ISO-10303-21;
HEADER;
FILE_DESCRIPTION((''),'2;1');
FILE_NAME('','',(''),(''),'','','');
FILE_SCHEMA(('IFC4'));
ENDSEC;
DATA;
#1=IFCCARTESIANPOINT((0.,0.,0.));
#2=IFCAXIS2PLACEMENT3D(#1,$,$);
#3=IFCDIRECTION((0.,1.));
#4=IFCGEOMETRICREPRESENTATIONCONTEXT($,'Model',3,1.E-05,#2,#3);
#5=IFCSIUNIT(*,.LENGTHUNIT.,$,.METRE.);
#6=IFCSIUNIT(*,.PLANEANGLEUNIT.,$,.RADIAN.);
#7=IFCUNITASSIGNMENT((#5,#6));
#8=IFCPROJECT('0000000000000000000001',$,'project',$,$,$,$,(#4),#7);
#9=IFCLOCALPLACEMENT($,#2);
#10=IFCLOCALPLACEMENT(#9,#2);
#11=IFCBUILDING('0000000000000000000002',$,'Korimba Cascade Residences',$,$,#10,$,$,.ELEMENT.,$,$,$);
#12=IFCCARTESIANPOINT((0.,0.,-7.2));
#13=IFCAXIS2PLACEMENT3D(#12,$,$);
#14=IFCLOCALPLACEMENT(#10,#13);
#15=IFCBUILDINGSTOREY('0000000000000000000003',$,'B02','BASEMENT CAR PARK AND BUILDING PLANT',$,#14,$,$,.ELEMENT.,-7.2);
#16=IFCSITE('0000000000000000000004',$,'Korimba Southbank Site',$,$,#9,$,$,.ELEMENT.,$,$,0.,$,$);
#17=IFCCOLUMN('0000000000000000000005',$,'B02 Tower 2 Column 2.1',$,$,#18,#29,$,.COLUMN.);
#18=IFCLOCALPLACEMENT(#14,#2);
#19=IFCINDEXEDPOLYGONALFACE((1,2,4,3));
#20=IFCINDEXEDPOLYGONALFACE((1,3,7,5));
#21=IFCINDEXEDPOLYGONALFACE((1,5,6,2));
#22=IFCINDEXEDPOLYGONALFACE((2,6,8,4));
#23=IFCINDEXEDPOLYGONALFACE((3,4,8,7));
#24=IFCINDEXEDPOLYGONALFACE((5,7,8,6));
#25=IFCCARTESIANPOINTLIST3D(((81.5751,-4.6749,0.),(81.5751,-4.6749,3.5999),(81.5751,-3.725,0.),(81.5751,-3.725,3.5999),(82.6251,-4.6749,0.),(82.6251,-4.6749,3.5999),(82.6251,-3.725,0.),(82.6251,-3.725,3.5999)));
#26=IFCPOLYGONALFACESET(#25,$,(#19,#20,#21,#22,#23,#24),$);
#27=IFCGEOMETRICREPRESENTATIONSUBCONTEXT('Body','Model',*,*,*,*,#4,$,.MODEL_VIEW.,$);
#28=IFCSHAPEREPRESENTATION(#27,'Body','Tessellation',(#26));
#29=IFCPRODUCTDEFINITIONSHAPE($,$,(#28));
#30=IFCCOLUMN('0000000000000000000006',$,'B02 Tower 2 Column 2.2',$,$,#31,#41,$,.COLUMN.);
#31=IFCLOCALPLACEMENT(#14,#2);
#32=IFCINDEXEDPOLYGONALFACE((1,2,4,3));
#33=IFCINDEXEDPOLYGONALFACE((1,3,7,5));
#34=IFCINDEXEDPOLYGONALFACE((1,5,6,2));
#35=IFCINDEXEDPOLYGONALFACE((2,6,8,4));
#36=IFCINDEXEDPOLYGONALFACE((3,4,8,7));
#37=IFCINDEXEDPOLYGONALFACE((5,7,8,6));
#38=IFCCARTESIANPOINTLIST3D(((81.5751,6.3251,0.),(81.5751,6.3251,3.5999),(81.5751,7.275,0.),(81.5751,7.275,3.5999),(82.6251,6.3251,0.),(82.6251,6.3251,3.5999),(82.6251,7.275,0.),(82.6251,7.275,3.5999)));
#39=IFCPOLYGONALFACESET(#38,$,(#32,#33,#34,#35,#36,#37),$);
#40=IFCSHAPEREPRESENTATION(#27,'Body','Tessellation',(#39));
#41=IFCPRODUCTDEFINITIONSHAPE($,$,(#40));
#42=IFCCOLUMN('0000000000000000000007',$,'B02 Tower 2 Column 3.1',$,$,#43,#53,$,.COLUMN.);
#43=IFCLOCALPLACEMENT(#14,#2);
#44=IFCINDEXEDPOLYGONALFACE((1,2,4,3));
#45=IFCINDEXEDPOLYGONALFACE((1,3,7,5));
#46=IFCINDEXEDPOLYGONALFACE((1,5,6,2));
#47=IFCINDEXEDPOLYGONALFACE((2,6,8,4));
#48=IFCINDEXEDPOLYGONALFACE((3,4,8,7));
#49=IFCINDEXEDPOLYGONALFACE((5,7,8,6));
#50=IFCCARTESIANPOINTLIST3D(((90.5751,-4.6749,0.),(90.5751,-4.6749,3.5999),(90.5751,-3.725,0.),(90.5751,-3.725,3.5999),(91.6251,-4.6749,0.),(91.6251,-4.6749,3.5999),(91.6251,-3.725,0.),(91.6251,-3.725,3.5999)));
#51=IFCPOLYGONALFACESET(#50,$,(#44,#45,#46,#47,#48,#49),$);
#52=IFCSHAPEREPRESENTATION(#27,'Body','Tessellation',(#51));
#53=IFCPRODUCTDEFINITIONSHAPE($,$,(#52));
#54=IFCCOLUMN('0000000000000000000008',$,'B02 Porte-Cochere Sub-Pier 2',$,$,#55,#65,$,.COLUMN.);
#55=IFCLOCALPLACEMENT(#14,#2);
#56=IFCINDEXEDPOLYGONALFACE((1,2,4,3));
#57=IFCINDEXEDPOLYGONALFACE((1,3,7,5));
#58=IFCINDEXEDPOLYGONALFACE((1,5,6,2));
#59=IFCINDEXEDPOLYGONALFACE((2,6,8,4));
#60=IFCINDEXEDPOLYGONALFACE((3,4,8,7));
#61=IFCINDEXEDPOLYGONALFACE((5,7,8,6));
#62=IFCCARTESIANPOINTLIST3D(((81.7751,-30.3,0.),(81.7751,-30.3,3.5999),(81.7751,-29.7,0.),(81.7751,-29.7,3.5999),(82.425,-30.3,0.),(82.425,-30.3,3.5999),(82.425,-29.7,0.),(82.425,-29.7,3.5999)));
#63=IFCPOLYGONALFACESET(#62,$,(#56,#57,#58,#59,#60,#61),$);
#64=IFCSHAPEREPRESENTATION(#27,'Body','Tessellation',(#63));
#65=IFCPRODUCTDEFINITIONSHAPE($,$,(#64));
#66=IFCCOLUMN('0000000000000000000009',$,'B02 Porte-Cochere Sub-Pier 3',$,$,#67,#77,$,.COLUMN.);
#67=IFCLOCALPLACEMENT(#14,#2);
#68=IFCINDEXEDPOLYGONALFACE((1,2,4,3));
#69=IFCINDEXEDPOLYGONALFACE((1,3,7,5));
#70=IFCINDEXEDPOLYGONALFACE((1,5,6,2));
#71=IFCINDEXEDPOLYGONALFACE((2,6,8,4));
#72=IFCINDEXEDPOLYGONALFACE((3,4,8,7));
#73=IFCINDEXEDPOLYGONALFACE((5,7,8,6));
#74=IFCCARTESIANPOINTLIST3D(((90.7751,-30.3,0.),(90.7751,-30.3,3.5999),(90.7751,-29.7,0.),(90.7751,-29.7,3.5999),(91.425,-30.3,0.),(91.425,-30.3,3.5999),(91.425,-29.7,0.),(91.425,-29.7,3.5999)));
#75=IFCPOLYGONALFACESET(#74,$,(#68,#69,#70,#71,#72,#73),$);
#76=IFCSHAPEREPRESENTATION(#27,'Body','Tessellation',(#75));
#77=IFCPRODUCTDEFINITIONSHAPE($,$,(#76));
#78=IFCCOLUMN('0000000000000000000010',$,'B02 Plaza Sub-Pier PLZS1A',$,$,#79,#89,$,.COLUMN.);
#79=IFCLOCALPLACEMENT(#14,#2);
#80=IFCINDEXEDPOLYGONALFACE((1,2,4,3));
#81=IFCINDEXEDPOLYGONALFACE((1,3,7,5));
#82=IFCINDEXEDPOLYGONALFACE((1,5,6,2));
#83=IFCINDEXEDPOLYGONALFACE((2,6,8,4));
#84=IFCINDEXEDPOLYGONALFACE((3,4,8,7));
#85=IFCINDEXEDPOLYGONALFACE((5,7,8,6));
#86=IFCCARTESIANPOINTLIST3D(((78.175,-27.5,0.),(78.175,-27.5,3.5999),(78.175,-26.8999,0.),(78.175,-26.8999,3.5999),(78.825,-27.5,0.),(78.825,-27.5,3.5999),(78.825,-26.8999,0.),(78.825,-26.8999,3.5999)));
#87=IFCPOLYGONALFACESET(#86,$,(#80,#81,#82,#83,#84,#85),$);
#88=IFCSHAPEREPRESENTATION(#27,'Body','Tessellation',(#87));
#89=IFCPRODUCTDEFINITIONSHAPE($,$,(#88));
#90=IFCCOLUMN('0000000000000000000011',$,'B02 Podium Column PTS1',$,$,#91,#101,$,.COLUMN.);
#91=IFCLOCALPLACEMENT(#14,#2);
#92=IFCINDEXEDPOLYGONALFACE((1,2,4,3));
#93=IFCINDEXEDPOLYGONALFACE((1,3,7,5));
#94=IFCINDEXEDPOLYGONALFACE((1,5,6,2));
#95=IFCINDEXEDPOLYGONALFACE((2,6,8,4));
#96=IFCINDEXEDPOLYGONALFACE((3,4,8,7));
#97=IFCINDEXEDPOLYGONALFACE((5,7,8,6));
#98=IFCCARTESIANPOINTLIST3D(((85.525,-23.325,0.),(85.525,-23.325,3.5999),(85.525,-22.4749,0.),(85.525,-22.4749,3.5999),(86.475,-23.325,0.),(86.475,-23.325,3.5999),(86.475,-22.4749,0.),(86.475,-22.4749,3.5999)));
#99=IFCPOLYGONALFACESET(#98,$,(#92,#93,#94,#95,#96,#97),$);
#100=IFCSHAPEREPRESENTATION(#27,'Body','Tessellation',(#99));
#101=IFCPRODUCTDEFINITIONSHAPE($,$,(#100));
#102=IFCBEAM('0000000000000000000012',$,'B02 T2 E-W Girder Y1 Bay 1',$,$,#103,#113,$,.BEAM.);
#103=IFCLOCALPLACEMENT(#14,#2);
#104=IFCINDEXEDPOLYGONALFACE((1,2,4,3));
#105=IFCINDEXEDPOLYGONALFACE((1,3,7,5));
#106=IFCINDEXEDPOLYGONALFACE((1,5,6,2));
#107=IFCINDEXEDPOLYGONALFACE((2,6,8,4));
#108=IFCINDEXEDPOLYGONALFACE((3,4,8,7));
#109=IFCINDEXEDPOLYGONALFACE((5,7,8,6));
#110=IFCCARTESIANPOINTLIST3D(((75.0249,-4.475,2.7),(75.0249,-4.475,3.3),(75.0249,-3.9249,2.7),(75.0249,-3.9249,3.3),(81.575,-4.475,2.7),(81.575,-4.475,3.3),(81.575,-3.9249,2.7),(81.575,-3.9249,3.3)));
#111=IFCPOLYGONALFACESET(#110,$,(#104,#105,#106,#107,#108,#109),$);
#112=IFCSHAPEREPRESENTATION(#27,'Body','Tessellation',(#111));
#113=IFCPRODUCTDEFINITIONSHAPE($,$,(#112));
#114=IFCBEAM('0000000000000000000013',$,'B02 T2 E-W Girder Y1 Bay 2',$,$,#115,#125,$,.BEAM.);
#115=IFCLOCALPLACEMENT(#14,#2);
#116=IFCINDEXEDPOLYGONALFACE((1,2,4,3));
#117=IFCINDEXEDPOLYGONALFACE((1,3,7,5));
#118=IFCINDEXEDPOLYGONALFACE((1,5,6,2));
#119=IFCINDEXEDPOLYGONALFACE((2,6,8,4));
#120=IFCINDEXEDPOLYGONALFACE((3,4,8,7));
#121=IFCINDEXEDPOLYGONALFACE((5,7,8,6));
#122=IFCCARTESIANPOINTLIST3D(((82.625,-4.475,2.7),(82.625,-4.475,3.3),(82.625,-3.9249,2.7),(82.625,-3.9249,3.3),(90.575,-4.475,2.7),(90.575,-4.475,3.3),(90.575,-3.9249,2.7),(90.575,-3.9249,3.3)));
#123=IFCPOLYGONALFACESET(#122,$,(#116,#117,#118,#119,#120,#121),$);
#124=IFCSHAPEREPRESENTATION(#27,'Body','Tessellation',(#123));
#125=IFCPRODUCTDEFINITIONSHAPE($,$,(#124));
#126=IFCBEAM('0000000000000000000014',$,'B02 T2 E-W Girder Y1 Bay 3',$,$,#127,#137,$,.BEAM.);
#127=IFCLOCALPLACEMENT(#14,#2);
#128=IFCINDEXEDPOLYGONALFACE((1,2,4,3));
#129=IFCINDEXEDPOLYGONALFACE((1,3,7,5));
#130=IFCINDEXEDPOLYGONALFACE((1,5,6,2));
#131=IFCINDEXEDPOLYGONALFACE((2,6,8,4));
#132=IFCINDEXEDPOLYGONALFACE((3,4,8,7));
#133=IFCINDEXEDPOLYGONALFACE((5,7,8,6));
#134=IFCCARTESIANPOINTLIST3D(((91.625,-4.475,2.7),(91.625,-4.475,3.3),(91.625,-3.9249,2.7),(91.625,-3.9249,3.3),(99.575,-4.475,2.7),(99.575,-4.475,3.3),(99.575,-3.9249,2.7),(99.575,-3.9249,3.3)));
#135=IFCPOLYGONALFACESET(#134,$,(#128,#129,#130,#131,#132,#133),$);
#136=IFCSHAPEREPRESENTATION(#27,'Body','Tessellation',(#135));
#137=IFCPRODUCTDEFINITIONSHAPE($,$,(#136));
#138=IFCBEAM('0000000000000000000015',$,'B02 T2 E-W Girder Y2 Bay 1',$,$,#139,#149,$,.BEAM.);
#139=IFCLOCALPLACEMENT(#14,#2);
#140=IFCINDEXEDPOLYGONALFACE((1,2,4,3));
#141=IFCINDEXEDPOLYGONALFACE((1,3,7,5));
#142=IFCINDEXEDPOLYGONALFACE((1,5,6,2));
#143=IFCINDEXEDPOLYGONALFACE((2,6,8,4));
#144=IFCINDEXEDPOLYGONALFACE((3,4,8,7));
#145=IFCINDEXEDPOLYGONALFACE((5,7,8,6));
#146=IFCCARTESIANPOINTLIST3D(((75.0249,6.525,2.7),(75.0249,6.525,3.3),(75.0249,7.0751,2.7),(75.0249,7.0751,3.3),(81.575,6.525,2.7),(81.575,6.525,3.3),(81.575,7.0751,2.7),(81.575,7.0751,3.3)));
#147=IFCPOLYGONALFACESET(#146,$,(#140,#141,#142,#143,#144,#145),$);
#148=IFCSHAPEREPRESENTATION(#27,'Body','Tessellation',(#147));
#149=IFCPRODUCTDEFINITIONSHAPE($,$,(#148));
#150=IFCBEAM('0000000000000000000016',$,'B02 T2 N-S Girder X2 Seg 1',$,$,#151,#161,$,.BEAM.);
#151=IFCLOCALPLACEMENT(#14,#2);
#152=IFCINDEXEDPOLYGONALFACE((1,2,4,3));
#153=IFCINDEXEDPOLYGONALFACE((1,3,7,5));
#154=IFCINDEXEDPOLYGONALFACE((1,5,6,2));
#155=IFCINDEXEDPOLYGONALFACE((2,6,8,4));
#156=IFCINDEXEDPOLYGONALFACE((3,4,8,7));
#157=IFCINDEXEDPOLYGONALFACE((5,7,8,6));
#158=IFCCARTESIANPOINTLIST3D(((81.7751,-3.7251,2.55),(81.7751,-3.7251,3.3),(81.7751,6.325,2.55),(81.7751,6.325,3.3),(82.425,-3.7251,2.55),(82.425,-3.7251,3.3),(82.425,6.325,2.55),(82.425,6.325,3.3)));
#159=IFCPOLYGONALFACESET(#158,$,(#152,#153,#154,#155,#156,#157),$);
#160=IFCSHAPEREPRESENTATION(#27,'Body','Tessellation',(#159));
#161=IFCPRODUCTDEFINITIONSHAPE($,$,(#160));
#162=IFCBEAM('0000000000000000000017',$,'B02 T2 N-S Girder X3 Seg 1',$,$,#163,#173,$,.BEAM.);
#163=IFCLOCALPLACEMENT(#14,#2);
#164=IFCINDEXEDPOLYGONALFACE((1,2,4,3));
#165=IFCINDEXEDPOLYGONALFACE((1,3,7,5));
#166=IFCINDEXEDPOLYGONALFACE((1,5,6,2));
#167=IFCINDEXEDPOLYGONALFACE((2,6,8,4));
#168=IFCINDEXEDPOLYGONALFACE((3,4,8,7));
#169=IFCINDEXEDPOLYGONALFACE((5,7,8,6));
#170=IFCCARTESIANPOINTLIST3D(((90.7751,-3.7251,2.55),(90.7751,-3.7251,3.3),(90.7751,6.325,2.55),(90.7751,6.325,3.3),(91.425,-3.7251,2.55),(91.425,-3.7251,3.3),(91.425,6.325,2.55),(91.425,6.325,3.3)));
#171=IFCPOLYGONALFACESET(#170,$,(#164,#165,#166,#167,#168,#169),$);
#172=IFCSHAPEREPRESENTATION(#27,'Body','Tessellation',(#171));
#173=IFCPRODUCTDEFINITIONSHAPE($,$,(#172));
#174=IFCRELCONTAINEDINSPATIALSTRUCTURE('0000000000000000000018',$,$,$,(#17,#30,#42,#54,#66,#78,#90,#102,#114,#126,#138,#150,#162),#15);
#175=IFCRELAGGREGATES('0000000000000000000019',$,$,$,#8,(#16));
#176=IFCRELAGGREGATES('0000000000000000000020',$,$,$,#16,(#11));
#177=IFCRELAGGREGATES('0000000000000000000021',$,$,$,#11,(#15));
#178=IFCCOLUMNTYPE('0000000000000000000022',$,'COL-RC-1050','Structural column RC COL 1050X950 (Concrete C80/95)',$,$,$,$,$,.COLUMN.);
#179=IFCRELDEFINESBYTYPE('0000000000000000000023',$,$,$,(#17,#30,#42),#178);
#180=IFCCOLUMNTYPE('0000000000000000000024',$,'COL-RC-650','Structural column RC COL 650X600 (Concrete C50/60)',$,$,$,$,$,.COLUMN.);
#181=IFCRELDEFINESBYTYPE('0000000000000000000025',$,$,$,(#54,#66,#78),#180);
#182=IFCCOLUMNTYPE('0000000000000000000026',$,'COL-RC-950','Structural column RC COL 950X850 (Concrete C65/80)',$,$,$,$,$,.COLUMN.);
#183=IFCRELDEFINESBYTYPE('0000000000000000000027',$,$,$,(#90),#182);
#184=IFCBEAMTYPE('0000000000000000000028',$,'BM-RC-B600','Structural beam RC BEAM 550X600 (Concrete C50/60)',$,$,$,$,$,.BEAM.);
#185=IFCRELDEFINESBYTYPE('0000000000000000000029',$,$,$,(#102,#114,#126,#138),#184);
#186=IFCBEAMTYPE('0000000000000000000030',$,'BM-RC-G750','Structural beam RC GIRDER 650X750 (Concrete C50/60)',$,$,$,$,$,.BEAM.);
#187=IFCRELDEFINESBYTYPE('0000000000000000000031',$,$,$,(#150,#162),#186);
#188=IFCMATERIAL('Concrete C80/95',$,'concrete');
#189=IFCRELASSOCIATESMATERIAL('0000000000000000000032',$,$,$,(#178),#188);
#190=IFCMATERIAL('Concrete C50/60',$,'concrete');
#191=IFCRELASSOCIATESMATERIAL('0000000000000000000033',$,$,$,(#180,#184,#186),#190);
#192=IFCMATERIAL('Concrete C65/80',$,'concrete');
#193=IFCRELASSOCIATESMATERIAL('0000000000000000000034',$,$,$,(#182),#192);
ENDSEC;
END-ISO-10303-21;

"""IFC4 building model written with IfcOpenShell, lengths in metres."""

from ifc_helpers import new_model, si_unit, direction, frame, origin, origin_2d, place, context, subcontext, project, spatial, rectangle, extrude, material, material_profile, profile_set, type_object, element, save


model = new_model("IFC4")

# Units and contexts
model_context = context("Model", 3, precision=1e-05, world=origin(), true_north=direction((0.0, 1.0)))
body_context = subcontext(model_context, "Body", "Model", "MODEL_VIEW")
ifc_project = project(units=[si_unit("LENGTHUNIT", "METRE"), si_unit("PLANEANGLEUNIT", "RADIAN")], contexts=[model_context])

# Site, building, storey
site_placement = place(None, origin())
site = spatial("IfcSite", under=ifc_project, at=site_placement, Name="Korimba Southbank Site", CompositionType="ELEMENT", RefElevation=0.0)
building_placement = place(site_placement, origin())
building = spatial("IfcBuilding", under=site, at=building_placement, Name="Korimba Cascade Residences", CompositionType="ELEMENT")
storey_placement = place(building_placement, frame((0.0, 0.0, -7.2)))
storey = spatial("IfcBuildingStorey", under=building, at=storey_placement, Name="B02", Description="BASEMENT CAR PARK AND BUILDING PLANT", CompositionType="ELEMENT", Elevation=-7.2)

# Columns
ifc_material_1 = material(Name="Concrete C80/95", Category="concrete")
ifc_material_profile_1 = material_profile(ifc_material_1, rectangle(XDim=1.05, YDim=0.95, at=origin_2d()), Name="Concrete C80/95")
ifc_profile_set_1 = profile_set([ifc_material_profile_1], Name="Concrete C80/95")
column_type_1 = type_object("IfcColumnType", Name="COL-RC-1050", Description="Structural column RC COL 1050X950 (Concrete C80/95)", PredefinedType="COLUMN", material=ifc_profile_set_1)
for number, where, z_axis, x_axis, name in (
    (1, (82.1001, -4.2, 0.0), (0.0, 0.0, 1.0), (1.0, 0.0, 0.0), "B02 Tower 2 Column 2.1"),
    (2, (82.1001, 6.8, 0.0), (0.0, 0.0, 1.0), (1.0, 0.0, 0.0), "B02 Tower 2 Column 2.2"),
    (3, (91.1001, -4.2, 0.0), (0.0, 0.0, 1.0), (1.0, 0.0, 0.0), "B02 Tower 2 Column 3.1"),
):
    element("IfcColumn", number, at=place(storey_placement, frame(where, z_axis=z_axis, x_axis=x_axis)), inside=storey, type_object=column_type_1, Name=name, PredefinedType="COLUMN", context=body_context, shape_type="SweptSolid", body=[
        extrude(rectangle(XDim=1.05, YDim=0.95, at=origin_2d()), origin(), (0.0, 0.0, 1.0), 3.5999),
    ])
ifc_material_2 = material(Name="Concrete C50/60", Category="concrete")
ifc_material_profile_2 = material_profile(ifc_material_2, rectangle(XDim=0.6499, YDim=0.6001, at=origin_2d()), Name="Concrete C50/60")
ifc_profile_set_2 = profile_set([ifc_material_profile_2], Name="Concrete C50/60")
column_type_2 = type_object("IfcColumnType", Name="COL-RC-650", Description="Structural column RC COL 650X600 (Concrete C50/60)", PredefinedType="COLUMN", material=ifc_profile_set_2)
for number, where, z_axis, x_axis, name in (
    (4, (82.1001, -30.0, 0.0), (0.0, 0.0, 1.0), (1.0, 0.0, 0.0), "B02 Porte-Cochere Sub-Pier 2"),
    (5, (91.1001, -30.0, 0.0), (0.0, 0.0, 1.0), (1.0, 0.0, 0.0), "B02 Porte-Cochere Sub-Pier 3"),
    (6, (78.5, -27.2, 0.0), (0.0, 0.0, 1.0), (1.0, 0.0, 0.0), "B02 Plaza Sub-Pier PLZS1A"),
):
    element("IfcColumn", number, at=place(storey_placement, frame(where, z_axis=z_axis, x_axis=x_axis)), inside=storey, type_object=column_type_2, Name=name, PredefinedType="COLUMN", context=body_context, shape_type="SweptSolid", body=[
        extrude(rectangle(XDim=0.6499, YDim=0.6001, at=origin_2d()), origin(), (0.0, 0.0, 1.0), 3.5999),
    ])
ifc_material_3 = material(Name="Concrete C65/80", Category="concrete")
ifc_material_profile_3 = material_profile(ifc_material_3, rectangle(XDim=0.95, YDim=0.8501, at=origin_2d()), Name="Concrete C65/80")
ifc_profile_set_3 = profile_set([ifc_material_profile_3], Name="Concrete C65/80")
column_type_3 = type_object("IfcColumnType", Name="COL-RC-950", Description="Structural column RC COL 950X850 (Concrete C65/80)", PredefinedType="COLUMN", material=ifc_profile_set_3)
column_placement = place(storey_placement, frame((86.0, -22.8999, 0.0), z_axis=(0.0, 0.0, 1.0), x_axis=(1.0, 0.0, 0.0)))
element("IfcColumn", 7, at=column_placement, inside=storey, type_object=column_type_3, Name="B02 Podium Column PTS1", PredefinedType="COLUMN", context=body_context, shape_type="SweptSolid", body=[
    extrude(rectangle(XDim=0.95, YDim=0.8501, at=origin_2d()), origin(), (0.0, 0.0, 1.0), 3.5999),
])

# Beams
ifc_material_profile_4 = material_profile(ifc_material_2, rectangle(XDim=0.55, YDim=0.6001, at=origin_2d()), Name="Concrete C50/60")
ifc_profile_set_4 = profile_set([ifc_material_profile_4], Name="Concrete C50/60")
beam_type_1 = type_object("IfcBeamType", Name="BM-RC-B600", Description="Structural beam RC BEAM 550X600 (Concrete C50/60)", PredefinedType="BEAM", material=ifc_profile_set_4)
beam_1_placement = place(storey_placement, frame((75.0249, -4.2, 3.0), z_axis=(1.0, 0.0, 0.0), x_axis=(0.0, 1.0, 0.0)))
element("IfcBeam", 8, at=beam_1_placement, inside=storey, type_object=beam_type_1, Name="B02 T2 E-W Girder Y1 Bay 1", PredefinedType="BEAM", context=body_context, shape_type="SweptSolid", body=[
    extrude(rectangle(XDim=0.55, YDim=0.6001, at=origin_2d()), origin(), (0.0, 0.0, 1.0), 6.55),
])
for number, where, z_axis, x_axis, name in (
    (9, (82.625, -4.2, 3.0), (1.0, 0.0, 0.0), (0.0, 1.0, 0.0), "B02 T2 E-W Girder Y1 Bay 2"),
    (10, (91.625, -4.2, 3.0), (1.0, 0.0, 0.0), (0.0, 1.0, 0.0), "B02 T2 E-W Girder Y1 Bay 3"),
):
    element("IfcBeam", number, at=place(storey_placement, frame(where, z_axis=z_axis, x_axis=x_axis)), inside=storey, type_object=beam_type_1, Name=name, PredefinedType="BEAM", context=body_context, shape_type="SweptSolid", body=[
        extrude(rectangle(XDim=0.55, YDim=0.6001, at=origin_2d()), origin(), (0.0, 0.0, 1.0), 7.95),
    ])
beam_2_placement = place(storey_placement, frame((75.0249, 6.8, 3.0), z_axis=(1.0, 0.0, 0.0), x_axis=(0.0, 1.0, 0.0)))
element("IfcBeam", 11, at=beam_2_placement, inside=storey, type_object=beam_type_1, Name="B02 T2 E-W Girder Y2 Bay 1", PredefinedType="BEAM", context=body_context, shape_type="SweptSolid", body=[
    extrude(rectangle(XDim=0.55, YDim=0.6001, at=origin_2d()), origin(), (0.0, 0.0, 1.0), 6.55),
])
ifc_material_profile_5 = material_profile(ifc_material_2, rectangle(XDim=0.6499, YDim=0.75, at=origin_2d()), Name="Concrete C50/60")
ifc_profile_set_5 = profile_set([ifc_material_profile_5], Name="Concrete C50/60")
beam_type_2 = type_object("IfcBeamType", Name="BM-RC-G750", Description="Structural beam RC GIRDER 650X750 (Concrete C50/60)", PredefinedType="BEAM", material=ifc_profile_set_5)
for number, where, z_axis, x_axis, name in (
    (12, (82.1001, -3.7251, 2.925), (0.0, 1.0, 0.0), (-1.0, 0.0, 0.0), "B02 T2 N-S Girder X2 Seg 1"),
    (13, (91.1001, -3.7251, 2.925), (0.0, 1.0, 0.0), (-1.0, 0.0, 0.0), "B02 T2 N-S Girder X3 Seg 1"),
):
    element("IfcBeam", number, at=place(storey_placement, frame(where, z_axis=z_axis, x_axis=x_axis)), inside=storey, type_object=beam_type_2, Name=name, PredefinedType="BEAM", context=body_context, shape_type="SweptSolid", body=[
        extrude(rectangle(XDim=0.6499, YDim=0.75, at=origin_2d()), origin(), (0.0, 0.0, 1.0), 10.05),
    ])

save(model, "model.ifc")
